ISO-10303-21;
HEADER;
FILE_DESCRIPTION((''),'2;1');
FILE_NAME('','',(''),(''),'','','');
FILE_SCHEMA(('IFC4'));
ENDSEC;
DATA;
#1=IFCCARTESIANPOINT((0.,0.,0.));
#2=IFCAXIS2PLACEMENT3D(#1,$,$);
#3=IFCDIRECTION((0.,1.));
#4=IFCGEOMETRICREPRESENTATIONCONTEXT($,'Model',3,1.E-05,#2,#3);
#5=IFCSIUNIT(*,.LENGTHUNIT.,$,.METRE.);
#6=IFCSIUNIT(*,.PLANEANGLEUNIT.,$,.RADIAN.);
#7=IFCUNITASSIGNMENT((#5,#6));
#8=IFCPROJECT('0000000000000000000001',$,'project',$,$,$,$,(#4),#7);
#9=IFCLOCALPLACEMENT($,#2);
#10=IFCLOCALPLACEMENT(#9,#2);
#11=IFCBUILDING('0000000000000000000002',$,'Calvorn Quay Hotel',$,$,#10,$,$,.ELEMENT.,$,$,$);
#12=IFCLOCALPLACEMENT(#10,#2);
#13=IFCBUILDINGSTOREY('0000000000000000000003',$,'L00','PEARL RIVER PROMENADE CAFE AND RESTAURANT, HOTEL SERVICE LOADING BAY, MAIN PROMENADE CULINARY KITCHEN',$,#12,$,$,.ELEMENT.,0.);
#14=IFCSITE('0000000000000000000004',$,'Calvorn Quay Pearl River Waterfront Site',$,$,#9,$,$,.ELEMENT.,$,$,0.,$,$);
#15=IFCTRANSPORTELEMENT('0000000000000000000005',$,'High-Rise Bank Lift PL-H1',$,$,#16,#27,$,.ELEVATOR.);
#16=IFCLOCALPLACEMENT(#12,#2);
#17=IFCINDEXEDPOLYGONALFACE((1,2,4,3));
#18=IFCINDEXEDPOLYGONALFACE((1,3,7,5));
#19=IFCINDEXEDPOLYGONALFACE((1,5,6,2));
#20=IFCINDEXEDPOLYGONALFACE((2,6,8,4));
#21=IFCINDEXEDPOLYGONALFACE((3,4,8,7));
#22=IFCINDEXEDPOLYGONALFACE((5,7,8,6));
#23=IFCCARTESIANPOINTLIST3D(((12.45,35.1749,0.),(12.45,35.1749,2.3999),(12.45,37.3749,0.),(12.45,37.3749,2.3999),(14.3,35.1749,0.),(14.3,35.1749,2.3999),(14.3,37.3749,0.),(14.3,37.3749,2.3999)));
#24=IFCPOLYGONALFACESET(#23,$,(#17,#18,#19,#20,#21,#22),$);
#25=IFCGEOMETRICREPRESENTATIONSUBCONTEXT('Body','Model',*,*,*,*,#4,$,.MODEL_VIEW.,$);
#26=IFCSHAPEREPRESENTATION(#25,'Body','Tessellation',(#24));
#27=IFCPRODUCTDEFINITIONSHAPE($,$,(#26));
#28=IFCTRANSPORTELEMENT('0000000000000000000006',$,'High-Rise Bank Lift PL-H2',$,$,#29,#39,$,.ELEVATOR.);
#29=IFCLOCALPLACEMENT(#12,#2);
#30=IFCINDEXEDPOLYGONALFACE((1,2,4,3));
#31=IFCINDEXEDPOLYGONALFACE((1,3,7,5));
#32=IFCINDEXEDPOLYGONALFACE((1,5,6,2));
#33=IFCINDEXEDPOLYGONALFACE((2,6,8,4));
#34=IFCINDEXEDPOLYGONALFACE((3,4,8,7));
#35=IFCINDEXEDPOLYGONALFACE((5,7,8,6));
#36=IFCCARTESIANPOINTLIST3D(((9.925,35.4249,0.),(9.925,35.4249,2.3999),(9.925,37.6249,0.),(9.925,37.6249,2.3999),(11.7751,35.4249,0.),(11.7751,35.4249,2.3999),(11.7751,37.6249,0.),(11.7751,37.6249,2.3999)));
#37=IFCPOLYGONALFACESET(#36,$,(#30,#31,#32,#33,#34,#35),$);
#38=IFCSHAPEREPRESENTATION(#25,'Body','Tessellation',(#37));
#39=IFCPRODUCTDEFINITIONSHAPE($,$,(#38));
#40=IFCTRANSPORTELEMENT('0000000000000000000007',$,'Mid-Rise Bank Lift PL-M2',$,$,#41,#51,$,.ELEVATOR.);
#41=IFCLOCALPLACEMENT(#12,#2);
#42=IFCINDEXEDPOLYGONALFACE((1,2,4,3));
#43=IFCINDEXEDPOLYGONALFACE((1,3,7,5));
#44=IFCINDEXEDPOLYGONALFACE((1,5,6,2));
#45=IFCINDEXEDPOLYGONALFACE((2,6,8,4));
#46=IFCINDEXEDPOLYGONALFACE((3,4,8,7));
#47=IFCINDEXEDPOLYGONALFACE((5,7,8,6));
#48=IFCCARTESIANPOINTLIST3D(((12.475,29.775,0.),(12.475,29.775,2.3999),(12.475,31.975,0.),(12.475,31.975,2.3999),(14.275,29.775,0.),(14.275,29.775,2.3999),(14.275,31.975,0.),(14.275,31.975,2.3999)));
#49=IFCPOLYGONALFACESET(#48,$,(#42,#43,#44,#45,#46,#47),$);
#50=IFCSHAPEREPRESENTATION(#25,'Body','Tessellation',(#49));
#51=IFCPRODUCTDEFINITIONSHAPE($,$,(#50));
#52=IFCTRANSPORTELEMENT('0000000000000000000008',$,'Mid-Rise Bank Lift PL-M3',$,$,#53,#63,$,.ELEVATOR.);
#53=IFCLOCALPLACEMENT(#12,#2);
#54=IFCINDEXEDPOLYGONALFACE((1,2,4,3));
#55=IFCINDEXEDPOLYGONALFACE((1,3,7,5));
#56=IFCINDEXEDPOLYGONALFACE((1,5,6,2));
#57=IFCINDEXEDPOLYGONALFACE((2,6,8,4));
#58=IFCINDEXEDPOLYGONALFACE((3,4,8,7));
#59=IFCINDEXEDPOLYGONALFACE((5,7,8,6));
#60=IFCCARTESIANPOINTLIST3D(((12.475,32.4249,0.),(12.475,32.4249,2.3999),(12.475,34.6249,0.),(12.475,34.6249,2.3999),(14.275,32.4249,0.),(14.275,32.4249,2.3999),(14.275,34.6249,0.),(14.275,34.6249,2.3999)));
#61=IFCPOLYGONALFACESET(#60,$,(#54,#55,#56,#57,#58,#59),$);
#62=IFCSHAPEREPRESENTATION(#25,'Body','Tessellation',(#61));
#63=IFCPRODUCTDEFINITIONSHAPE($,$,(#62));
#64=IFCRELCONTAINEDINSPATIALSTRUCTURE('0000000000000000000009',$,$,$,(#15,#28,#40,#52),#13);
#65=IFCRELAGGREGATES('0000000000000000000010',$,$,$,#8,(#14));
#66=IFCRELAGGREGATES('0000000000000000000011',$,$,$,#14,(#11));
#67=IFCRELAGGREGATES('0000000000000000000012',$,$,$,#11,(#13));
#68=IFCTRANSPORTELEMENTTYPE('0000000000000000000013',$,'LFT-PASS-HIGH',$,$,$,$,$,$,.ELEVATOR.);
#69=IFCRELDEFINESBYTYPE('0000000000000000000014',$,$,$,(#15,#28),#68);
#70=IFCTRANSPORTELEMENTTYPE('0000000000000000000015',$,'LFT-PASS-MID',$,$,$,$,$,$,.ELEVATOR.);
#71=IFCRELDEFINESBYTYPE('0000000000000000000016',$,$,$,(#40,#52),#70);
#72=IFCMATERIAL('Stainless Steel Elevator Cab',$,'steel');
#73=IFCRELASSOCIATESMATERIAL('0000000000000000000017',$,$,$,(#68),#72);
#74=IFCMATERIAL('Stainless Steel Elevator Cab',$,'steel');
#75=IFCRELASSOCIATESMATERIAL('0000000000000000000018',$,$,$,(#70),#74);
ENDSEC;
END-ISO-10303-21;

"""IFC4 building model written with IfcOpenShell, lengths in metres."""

from ifc_helpers import new_model, si_unit, direction, frame, origin, origin_2d, place, context, subcontext, project, spatial, rectangle, extrude, material, type_object, element, save


model = new_model("IFC4")

# Units and contexts
model_context = context("Model", 3, precision=1e-05, world=origin(), true_north=direction((0.0, 1.0)))
body_context = subcontext(model_context, "Body", "Model", "MODEL_VIEW")
ifc_project = project(units=[si_unit("LENGTHUNIT", "METRE"), si_unit("PLANEANGLEUNIT", "RADIAN")], contexts=[model_context])

# Site, building, storey
site_placement = place(None, origin())
site = spatial("IfcSite", under=ifc_project, at=site_placement, Name="Calvorn Quay Pearl River Waterfront Site", CompositionType="ELEMENT", RefElevation=0.0)
building_placement = place(site_placement, origin())
building = spatial("IfcBuilding", under=site, at=building_placement, Name="Calvorn Quay Hotel", CompositionType="ELEMENT")
storey_placement = place(building_placement, origin())
storey = spatial("IfcBuildingStorey", under=building, at=storey_placement, Name="L00", Description="PEARL RIVER PROMENADE CAFE AND RESTAURANT, HOTEL SERVICE LOADING BAY, MAIN PROMENADE CULINARY KITCHEN", CompositionType="ELEMENT", Elevation=0.0)

# Transport elements
ifc_material_1 = material(Name="Stainless Steel Elevator Cab", Category="steel")
transport_element_type_1 = type_object("IfcTransportElementType", Name="LFT-PASS-HIGH", PredefinedType="ELEVATOR", material=ifc_material_1)
for number, where, z_axis, x_axis, name in (
    (1, (13.375, 36.2749, 0.0), (0.0, 0.0, 1.0), (1.0, 0.0, 0.0), "High-Rise Bank Lift PL-H1"),
    (2, (10.8501, 36.5249, 0.0), (0.0, 0.0, 1.0), (1.0, 0.0, 0.0), "High-Rise Bank Lift PL-H2"),
):
    element("IfcTransportElement", number, at=place(storey_placement, frame(where, z_axis=z_axis, x_axis=x_axis)), inside=storey, type_object=transport_element_type_1, Name=name, PredefinedType="ELEVATOR", context=body_context, shape_type="SweptSolid", body=[
        extrude(rectangle(XDim=1.8501, YDim=2.2, at=origin_2d()), origin(), (0.0, 0.0, 1.0), 2.3999),
    ])
ifc_material_2 = material(Name="Stainless Steel Elevator Cab", Category="steel")
transport_element_type_2 = type_object("IfcTransportElementType", Name="LFT-PASS-MID", PredefinedType="ELEVATOR", material=ifc_material_2)
for number, where, z_axis, x_axis, name in (
    (3, (13.375, 30.875, 0.0), (0.0, 0.0, 1.0), (1.0, 0.0, 0.0), "Mid-Rise Bank Lift PL-M2"),
    (4, (13.375, 33.5249, 0.0), (0.0, 0.0, 1.0), (1.0, 0.0, 0.0), "Mid-Rise Bank Lift PL-M3"),
):
    element("IfcTransportElement", number, at=place(storey_placement, frame(where, z_axis=z_axis, x_axis=x_axis)), inside=storey, type_object=transport_element_type_2, Name=name, PredefinedType="ELEVATOR", context=body_context, shape_type="SweptSolid", body=[
        extrude(rectangle(XDim=1.8, YDim=2.2, at=origin_2d()), origin(), (0.0, 0.0, 1.0), 2.3999),
    ])

save(model, "model.ifc")
